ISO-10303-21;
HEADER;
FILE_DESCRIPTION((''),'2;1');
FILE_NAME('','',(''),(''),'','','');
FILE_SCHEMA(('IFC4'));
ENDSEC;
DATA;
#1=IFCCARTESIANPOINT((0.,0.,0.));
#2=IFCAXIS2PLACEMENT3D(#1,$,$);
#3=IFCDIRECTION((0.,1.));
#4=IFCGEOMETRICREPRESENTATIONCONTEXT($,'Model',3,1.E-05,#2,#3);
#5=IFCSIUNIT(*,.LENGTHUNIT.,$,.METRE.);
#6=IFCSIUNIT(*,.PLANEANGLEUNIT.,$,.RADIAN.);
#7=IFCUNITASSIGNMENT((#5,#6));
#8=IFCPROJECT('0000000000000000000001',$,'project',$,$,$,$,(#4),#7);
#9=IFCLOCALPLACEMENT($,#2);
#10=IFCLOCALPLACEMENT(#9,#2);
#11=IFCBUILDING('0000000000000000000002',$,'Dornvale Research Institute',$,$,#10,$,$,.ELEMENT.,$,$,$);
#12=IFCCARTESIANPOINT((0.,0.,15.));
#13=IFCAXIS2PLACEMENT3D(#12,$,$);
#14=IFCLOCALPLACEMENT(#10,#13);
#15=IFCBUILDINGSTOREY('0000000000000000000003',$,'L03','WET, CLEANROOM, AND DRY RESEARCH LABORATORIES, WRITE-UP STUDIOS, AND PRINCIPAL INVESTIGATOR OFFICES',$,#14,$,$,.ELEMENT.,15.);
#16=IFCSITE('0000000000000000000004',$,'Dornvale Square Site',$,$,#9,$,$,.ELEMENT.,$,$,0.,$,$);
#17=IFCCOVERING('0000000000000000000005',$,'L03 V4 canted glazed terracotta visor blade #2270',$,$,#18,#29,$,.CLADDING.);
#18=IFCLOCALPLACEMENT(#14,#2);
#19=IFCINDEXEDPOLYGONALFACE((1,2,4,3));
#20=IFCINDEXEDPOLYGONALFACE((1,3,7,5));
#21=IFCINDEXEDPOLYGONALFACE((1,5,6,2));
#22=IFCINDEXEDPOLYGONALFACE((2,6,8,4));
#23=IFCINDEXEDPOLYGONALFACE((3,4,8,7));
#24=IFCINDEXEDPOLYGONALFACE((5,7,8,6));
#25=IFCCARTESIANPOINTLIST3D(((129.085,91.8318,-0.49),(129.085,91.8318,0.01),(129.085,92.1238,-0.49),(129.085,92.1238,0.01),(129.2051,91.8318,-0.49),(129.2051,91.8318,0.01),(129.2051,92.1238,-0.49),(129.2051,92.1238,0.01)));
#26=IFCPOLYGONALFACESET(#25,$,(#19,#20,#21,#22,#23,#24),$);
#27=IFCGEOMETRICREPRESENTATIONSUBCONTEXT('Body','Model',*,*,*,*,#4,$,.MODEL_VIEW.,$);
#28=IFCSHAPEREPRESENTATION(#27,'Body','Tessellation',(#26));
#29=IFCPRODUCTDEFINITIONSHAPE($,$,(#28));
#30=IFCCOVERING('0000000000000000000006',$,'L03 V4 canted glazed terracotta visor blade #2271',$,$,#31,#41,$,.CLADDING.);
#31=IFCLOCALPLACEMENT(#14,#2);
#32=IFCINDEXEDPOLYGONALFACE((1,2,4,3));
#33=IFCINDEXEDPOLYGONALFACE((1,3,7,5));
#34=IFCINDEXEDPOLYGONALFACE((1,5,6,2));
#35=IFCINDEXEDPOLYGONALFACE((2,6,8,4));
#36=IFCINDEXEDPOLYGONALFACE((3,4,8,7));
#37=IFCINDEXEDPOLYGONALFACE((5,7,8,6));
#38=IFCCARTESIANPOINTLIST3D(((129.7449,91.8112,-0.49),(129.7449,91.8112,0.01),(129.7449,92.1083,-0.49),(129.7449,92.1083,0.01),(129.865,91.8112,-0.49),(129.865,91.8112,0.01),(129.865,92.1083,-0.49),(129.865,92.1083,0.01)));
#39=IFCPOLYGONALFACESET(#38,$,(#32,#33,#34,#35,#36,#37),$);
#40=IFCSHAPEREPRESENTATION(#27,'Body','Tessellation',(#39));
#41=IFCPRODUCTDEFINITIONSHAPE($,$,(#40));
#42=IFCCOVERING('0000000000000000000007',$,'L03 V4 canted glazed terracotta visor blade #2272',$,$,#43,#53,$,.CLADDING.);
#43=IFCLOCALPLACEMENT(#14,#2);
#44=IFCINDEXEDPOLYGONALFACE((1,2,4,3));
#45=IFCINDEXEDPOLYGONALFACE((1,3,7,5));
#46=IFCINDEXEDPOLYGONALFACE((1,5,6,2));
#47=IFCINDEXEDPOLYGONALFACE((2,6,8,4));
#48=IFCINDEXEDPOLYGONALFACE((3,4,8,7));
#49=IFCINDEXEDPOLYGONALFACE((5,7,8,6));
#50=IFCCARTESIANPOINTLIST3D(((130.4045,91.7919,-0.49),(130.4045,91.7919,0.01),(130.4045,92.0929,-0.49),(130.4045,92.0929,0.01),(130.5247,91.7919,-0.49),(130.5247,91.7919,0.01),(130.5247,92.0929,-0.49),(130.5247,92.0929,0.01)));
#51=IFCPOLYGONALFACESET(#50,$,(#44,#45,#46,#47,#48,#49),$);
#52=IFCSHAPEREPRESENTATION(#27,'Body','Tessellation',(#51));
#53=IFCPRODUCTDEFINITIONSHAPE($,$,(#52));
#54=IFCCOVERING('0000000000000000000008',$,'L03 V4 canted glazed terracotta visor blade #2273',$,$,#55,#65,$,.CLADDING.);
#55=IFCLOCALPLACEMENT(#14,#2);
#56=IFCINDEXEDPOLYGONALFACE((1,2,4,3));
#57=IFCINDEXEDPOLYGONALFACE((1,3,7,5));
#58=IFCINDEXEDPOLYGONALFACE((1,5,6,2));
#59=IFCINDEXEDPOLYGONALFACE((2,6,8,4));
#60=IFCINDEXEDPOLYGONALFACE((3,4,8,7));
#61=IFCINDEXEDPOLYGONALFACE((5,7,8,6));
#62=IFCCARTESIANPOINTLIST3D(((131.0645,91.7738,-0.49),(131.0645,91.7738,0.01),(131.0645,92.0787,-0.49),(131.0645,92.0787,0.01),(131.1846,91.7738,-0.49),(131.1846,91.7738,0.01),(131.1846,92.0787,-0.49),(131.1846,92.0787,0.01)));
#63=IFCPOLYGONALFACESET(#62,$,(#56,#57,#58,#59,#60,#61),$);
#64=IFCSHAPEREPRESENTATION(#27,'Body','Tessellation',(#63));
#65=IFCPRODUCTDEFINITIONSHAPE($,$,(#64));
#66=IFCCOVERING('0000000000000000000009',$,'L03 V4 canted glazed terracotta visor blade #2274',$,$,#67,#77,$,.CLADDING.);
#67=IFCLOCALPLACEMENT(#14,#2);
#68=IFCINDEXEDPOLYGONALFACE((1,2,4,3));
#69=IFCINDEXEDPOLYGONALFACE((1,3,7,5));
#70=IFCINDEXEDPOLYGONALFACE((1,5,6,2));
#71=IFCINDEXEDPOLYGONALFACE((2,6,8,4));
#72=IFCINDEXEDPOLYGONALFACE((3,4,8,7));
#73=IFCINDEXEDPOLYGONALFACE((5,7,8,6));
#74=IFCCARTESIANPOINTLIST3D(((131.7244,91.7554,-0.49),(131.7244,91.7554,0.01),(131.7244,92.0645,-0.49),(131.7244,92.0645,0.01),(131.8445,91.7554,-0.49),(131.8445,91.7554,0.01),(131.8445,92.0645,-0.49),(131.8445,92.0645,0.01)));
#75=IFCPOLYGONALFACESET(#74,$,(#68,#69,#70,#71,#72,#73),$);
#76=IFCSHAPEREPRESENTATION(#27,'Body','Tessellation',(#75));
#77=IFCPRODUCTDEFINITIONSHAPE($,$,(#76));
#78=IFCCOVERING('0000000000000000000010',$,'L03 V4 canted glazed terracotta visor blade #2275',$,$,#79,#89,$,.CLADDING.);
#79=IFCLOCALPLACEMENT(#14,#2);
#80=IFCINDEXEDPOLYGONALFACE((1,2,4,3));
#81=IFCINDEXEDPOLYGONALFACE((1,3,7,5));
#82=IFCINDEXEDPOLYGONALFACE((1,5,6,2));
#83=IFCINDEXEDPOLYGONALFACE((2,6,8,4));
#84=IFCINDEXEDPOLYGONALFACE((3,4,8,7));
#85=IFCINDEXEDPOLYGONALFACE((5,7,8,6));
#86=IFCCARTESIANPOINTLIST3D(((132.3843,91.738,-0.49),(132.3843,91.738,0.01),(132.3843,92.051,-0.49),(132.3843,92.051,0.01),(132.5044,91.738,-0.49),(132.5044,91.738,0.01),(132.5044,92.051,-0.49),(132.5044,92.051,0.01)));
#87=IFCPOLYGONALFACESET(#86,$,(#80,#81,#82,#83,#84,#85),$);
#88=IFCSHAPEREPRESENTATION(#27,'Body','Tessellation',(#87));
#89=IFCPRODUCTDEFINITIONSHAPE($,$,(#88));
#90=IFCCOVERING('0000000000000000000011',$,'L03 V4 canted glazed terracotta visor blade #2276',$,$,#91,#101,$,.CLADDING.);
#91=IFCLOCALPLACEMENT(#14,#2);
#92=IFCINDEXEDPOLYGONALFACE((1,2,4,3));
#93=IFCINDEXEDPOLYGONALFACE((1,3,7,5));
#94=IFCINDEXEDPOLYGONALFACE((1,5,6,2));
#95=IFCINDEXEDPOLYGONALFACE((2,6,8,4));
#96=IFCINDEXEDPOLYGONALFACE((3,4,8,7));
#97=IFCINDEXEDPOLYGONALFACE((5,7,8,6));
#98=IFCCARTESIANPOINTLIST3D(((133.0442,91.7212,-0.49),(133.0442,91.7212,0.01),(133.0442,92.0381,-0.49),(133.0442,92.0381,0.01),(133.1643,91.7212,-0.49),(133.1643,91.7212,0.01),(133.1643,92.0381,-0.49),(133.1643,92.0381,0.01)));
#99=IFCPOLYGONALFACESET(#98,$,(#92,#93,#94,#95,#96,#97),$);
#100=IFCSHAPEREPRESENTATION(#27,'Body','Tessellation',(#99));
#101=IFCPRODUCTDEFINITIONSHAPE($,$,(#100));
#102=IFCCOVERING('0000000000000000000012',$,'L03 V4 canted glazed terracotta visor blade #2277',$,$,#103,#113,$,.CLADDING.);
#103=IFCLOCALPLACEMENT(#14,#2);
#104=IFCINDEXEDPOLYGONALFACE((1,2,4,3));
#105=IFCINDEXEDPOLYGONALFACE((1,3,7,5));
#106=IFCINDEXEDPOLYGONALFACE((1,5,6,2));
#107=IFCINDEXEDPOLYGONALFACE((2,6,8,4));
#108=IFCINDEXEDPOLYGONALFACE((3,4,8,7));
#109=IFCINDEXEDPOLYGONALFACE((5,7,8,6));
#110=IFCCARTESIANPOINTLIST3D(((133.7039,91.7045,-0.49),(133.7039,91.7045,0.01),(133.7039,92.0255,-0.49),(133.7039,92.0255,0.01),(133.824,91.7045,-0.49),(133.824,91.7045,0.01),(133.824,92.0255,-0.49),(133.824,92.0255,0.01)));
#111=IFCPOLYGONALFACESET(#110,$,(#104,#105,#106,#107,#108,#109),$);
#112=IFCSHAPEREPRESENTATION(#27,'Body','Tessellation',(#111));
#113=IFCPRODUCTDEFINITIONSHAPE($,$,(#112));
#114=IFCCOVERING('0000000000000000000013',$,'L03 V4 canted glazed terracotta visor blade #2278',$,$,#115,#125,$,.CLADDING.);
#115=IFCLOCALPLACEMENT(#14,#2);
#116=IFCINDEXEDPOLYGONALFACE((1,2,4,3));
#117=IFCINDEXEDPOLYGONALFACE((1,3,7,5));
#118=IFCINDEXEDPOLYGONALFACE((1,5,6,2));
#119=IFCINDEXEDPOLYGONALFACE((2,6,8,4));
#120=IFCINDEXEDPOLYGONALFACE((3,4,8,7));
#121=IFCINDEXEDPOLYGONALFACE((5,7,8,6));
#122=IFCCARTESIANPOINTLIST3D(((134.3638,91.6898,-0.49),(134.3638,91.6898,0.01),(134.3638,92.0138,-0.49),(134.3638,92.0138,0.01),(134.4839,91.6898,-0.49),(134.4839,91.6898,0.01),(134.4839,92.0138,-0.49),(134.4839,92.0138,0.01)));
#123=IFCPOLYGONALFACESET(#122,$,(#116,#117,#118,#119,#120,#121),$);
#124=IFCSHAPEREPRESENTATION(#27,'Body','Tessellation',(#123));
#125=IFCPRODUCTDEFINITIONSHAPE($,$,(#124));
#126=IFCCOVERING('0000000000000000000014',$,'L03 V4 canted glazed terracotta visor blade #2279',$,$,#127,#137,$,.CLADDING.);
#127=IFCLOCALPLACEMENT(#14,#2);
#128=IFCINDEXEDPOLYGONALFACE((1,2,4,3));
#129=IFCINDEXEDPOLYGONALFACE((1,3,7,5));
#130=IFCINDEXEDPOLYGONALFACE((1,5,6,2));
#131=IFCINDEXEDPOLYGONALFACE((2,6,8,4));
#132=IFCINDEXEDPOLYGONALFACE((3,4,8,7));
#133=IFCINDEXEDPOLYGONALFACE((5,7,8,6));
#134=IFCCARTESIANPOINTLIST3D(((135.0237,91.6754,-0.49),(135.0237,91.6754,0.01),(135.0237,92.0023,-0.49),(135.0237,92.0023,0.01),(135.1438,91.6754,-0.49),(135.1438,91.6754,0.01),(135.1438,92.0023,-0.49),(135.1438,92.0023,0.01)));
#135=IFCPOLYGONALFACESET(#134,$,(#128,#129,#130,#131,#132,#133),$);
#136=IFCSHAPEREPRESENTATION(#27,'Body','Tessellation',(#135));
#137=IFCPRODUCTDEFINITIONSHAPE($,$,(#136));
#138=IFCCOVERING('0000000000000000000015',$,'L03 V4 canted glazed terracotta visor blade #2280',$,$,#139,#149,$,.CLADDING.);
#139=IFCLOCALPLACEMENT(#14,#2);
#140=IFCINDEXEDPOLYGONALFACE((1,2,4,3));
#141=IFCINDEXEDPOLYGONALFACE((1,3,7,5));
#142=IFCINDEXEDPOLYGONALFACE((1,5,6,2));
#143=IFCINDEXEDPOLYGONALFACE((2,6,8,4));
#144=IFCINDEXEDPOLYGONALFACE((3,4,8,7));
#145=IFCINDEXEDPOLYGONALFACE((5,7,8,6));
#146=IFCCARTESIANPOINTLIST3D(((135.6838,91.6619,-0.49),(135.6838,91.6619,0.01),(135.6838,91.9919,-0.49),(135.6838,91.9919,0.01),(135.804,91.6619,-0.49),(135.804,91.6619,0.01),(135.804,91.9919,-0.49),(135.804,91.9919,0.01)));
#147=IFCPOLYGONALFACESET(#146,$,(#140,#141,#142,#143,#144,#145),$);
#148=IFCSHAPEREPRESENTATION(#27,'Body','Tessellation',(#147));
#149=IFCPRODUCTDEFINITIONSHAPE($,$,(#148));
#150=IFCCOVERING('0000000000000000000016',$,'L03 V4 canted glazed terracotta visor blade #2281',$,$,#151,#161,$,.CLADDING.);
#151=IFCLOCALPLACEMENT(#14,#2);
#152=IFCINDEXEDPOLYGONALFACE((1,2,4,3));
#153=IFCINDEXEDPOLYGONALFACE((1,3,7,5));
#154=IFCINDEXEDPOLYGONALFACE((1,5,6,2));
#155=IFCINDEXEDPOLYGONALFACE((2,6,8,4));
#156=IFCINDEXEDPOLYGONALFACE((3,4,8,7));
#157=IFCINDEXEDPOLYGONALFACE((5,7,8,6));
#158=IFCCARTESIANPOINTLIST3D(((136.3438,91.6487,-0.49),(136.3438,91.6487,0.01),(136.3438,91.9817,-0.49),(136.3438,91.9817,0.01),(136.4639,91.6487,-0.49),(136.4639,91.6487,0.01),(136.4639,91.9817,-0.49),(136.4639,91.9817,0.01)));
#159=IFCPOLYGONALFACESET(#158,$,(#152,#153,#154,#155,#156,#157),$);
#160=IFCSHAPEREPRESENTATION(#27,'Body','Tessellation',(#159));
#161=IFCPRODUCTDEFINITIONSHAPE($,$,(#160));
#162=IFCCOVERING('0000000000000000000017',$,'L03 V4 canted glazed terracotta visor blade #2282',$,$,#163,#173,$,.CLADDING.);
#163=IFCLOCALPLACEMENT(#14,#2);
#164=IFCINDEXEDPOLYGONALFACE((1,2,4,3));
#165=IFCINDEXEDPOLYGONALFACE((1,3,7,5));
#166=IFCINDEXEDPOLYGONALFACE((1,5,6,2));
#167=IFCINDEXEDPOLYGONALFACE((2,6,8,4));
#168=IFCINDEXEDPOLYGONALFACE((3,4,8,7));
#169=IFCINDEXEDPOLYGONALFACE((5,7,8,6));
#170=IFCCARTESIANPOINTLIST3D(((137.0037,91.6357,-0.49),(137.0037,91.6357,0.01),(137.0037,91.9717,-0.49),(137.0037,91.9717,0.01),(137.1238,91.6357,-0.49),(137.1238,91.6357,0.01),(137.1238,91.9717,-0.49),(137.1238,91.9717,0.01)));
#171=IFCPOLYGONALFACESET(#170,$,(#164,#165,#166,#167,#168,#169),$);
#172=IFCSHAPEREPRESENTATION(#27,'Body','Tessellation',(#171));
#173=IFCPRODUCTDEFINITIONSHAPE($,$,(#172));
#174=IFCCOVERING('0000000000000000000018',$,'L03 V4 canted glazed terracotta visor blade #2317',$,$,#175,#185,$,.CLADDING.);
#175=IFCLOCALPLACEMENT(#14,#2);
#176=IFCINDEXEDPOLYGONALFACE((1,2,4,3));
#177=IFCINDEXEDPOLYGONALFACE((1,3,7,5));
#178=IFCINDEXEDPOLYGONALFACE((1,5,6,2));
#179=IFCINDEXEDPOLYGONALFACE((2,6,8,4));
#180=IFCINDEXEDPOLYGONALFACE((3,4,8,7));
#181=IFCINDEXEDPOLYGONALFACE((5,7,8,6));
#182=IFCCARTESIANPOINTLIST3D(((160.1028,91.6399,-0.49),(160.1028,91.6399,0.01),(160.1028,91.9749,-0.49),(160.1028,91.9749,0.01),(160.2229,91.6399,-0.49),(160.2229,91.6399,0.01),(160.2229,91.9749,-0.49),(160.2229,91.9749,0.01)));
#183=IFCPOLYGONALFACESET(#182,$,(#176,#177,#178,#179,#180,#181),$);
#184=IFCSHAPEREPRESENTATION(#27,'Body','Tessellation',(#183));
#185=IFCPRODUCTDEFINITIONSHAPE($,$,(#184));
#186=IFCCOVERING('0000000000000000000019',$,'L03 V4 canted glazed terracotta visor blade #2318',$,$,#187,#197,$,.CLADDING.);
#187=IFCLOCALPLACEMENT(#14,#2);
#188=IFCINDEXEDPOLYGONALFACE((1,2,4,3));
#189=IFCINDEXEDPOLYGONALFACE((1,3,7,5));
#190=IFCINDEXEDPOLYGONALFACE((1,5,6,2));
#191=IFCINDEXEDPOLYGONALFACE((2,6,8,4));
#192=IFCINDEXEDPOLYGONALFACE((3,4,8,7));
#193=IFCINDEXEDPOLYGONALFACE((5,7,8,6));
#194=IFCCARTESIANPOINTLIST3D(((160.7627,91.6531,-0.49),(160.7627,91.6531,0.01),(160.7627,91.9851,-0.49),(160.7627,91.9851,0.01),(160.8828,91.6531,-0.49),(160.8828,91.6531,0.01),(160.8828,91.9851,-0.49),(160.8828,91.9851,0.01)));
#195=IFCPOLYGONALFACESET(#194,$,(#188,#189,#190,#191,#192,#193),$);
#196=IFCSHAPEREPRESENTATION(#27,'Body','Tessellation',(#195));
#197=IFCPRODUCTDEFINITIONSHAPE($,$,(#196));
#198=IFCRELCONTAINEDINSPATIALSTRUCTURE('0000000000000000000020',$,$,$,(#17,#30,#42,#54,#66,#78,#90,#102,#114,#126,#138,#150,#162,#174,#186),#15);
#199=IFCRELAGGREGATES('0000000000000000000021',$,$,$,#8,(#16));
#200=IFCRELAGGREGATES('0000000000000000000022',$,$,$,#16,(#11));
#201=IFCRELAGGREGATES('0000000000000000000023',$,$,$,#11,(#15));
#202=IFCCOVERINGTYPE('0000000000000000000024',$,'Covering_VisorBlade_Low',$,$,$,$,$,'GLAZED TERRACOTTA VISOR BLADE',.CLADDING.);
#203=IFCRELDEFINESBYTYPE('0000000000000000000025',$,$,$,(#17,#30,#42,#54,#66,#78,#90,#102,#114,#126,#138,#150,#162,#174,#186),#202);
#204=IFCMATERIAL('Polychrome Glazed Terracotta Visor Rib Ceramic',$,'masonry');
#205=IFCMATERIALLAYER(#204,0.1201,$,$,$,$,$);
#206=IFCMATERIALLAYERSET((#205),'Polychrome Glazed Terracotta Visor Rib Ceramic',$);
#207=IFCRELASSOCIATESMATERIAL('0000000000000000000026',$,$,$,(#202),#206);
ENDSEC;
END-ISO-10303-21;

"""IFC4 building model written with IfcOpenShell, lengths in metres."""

from ifc_helpers import new_model, si_unit, direction, frame, origin, origin_2d, place, context, subcontext, project, spatial, rectangle, extrude, material, layer, layer_set, type_object, element, save


model = new_model("IFC4")

# Units and contexts
model_context = context("Model", 3, precision=1e-05, world=origin(), true_north=direction((0.0, 1.0)))
body_context = subcontext(model_context, "Body", "Model", "MODEL_VIEW")
ifc_project = project(units=[si_unit("LENGTHUNIT", "METRE"), si_unit("PLANEANGLEUNIT", "RADIAN")], contexts=[model_context])

# Site, building, storey
site_placement = place(None, origin())
site = spatial("IfcSite", under=ifc_project, at=site_placement, Name="Dornvale Square Site", CompositionType="ELEMENT", RefElevation=0.0)
building_placement = place(site_placement, origin())
building = spatial("IfcBuilding", under=site, at=building_placement, Name="Dornvale Research Institute", CompositionType="ELEMENT")
storey_placement = place(building_placement, frame((0.0, 0.0, 15.0)))
storey = spatial("IfcBuildingStorey", under=building, at=storey_placement, Name="L03", Description="WET, CLEANROOM, AND DRY RESEARCH LABORATORIES, WRITE-UP STUDIOS, AND PRINCIPAL INVESTIGATOR OFFICES", CompositionType="ELEMENT", Elevation=15.0)

# Coverings
ifc_material = material(Name="Polychrome Glazed Terracotta Visor Rib Ceramic", Category="masonry")
ifc_layer = layer(ifc_material, 0.1201)
ifc_layer_set = layer_set([ifc_layer], Name="Polychrome Glazed Terracotta Visor Rib Ceramic")
covering_type = type_object("IfcCoveringType", Name="Covering_VisorBlade_Low", ElementType="GLAZED TERRACOTTA VISOR BLADE", PredefinedType="CLADDING", material=ifc_layer_set)
covering_1_placement = place(storey_placement, frame((129.145, 91.9778, -0.49), z_axis=(0.0, 0.0, 1.0), x_axis=(0.0, 1.0, 0.0)))
element("IfcCovering", 1, at=covering_1_placement, inside=storey, type_object=covering_type, Name="L03 V4 canted glazed terracotta visor blade #2270", PredefinedType="CLADDING", context=body_context, shape_type="SweptSolid", body=[
    extrude(rectangle(XDim=0.292, YDim=0.1201, at=origin_2d()), origin(), (0.0, 0.0, 1.0), 0.5),
])
covering_2_placement = place(storey_placement, frame((129.8049, 91.9597, -0.49), z_axis=(0.0, 0.0, 1.0), x_axis=(0.0, 1.0, 0.0)))
element("IfcCovering", 2, at=covering_2_placement, inside=storey, type_object=covering_type, Name="L03 V4 canted glazed terracotta visor blade #2271", PredefinedType="CLADDING", context=body_context, shape_type="SweptSolid", body=[
    extrude(rectangle(XDim=0.2971, YDim=0.1201, at=origin_2d()), origin(), (0.0, 0.0, 1.0), 0.5),
])
covering_3_placement = place(storey_placement, frame((130.4646, 91.9424, -0.49), z_axis=(0.0, 0.0, 1.0), x_axis=(0.0, 1.0, 0.0)))
element("IfcCovering", 3, at=covering_3_placement, inside=storey, type_object=covering_type, Name="L03 V4 canted glazed terracotta visor blade #2272", PredefinedType="CLADDING", context=body_context, shape_type="SweptSolid", body=[
    extrude(rectangle(XDim=0.301, YDim=0.1201, at=origin_2d()), origin(), (0.0, 0.0, 1.0), 0.5),
])
covering_4_placement = place(storey_placement, frame((131.1245, 91.9263, -0.49), z_axis=(0.0, 0.0, 1.0), x_axis=(0.0, 1.0, 0.0)))
element("IfcCovering", 4, at=covering_4_placement, inside=storey, type_object=covering_type, Name="L03 V4 canted glazed terracotta visor blade #2273", PredefinedType="CLADDING", context=body_context, shape_type="SweptSolid", body=[
    extrude(rectangle(XDim=0.3049, YDim=0.1201, at=origin_2d()), origin(), (0.0, 0.0, 1.0), 0.5),
])
covering_5_placement = place(storey_placement, frame((131.7844, 91.9099, -0.49), z_axis=(0.0, 0.0, 1.0), x_axis=(0.0, 1.0, 0.0)))
element("IfcCovering", 5, at=covering_5_placement, inside=storey, type_object=covering_type, Name="L03 V4 canted glazed terracotta visor blade #2274", PredefinedType="CLADDING", context=body_context, shape_type="SweptSolid", body=[
    extrude(rectangle(XDim=0.3091, YDim=0.1201, at=origin_2d()), origin(), (0.0, 0.0, 1.0), 0.5),
])
covering_6_placement = place(storey_placement, frame((132.4443, 91.8945, -0.49), z_axis=(0.0, 0.0, 1.0), x_axis=(0.0, 1.0, 0.0)))
element("IfcCovering", 6, at=covering_6_placement, inside=storey, type_object=covering_type, Name="L03 V4 canted glazed terracotta visor blade #2275", PredefinedType="CLADDING", context=body_context, shape_type="SweptSolid", body=[
    extrude(rectangle(XDim=0.313, YDim=0.1201, at=origin_2d()), origin(), (0.0, 0.0, 1.0), 0.5),
])
covering_7_placement = place(storey_placement, frame((133.1042, 91.8796, -0.49), z_axis=(0.0, 0.0, 1.0), x_axis=(0.0, 1.0, 0.0)))
element("IfcCovering", 7, at=covering_7_placement, inside=storey, type_object=covering_type, Name="L03 V4 canted glazed terracotta visor blade #2276", PredefinedType="CLADDING", context=body_context, shape_type="SweptSolid", body=[
    extrude(rectangle(XDim=0.3169, YDim=0.1201, at=origin_2d()), origin(), (0.0, 0.0, 1.0), 0.5),
])
covering_8_placement = place(storey_placement, frame((133.7639, 91.865, -0.49), z_axis=(0.0, 0.0, 1.0), x_axis=(0.0, 1.0, 0.0)))
element("IfcCovering", 8, at=covering_8_placement, inside=storey, type_object=covering_type, Name="L03 V4 canted glazed terracotta visor blade #2277", PredefinedType="CLADDING", context=body_context, shape_type="SweptSolid", body=[
    extrude(rectangle(XDim=0.321, YDim=0.1201, at=origin_2d()), origin(), (0.0, 0.0, 1.0), 0.5),
])
covering_9_placement = place(storey_placement, frame((134.4238, 91.8518, -0.49), z_axis=(0.0, 0.0, 1.0), x_axis=(0.0, 1.0, 0.0)))
element("IfcCovering", 9, at=covering_9_placement, inside=storey, type_object=covering_type, Name="L03 V4 canted glazed terracotta visor blade #2278", PredefinedType="CLADDING", context=body_context, shape_type="SweptSolid", body=[
    extrude(rectangle(XDim=0.324, YDim=0.1201, at=origin_2d()), origin(), (0.0, 0.0, 1.0), 0.5),
])
covering_10_placement = place(storey_placement, frame((135.0837, 91.8389, -0.49), z_axis=(0.0, 0.0, 1.0), x_axis=(0.0, 1.0, 0.0)))
element("IfcCovering", 10, at=covering_10_placement, inside=storey, type_object=covering_type, Name="L03 V4 canted glazed terracotta visor blade #2279", PredefinedType="CLADDING", context=body_context, shape_type="SweptSolid", body=[
    extrude(rectangle(XDim=0.3269, YDim=0.1201, at=origin_2d()), origin(), (0.0, 0.0, 1.0), 0.5),
])
covering_11_placement = place(storey_placement, frame((135.7439, 91.8269, -0.49), z_axis=(0.0, 0.0, 1.0), x_axis=(0.0, 1.0, 0.0)))
element("IfcCovering", 11, at=covering_11_placement, inside=storey, type_object=covering_type, Name="L03 V4 canted glazed terracotta visor blade #2280", PredefinedType="CLADDING", context=body_context, shape_type="SweptSolid", body=[
    extrude(rectangle(XDim=0.3301, YDim=0.1201, at=origin_2d()), origin(), (0.0, 0.0, 1.0), 0.5),
])
covering_12_placement = place(storey_placement, frame((136.4038, 91.8152, -0.49), z_axis=(0.0, 0.0, 1.0), x_axis=(0.0, 1.0, 0.0)))
element("IfcCovering", 12, at=covering_12_placement, inside=storey, type_object=covering_type, Name="L03 V4 canted glazed terracotta visor blade #2281", PredefinedType="CLADDING", context=body_context, shape_type="SweptSolid", body=[
    extrude(rectangle(XDim=0.333, YDim=0.1201, at=origin_2d()), origin(), (0.0, 0.0, 1.0), 0.5),
])
covering_13_placement = place(storey_placement, frame((137.0637, 91.8037, -0.49), z_axis=(0.0, 0.0, 1.0), x_axis=(0.0, 1.0, 0.0)))
element("IfcCovering", 13, at=covering_13_placement, inside=storey, type_object=covering_type, Name="L03 V4 canted glazed terracotta visor blade #2282", PredefinedType="CLADDING", context=body_context, shape_type="SweptSolid", body=[
    extrude(rectangle(XDim=0.3359, YDim=0.1201, at=origin_2d()), origin(), (0.0, 0.0, 1.0), 0.5),
])
covering_14_placement = place(storey_placement, frame((160.1628, 91.8074, -0.49), z_axis=(0.0, 0.0, 1.0), x_axis=(0.0, 1.0, 0.0)))
element("IfcCovering", 14, at=covering_14_placement, inside=storey, type_object=covering_type, Name="L03 V4 canted glazed terracotta visor blade #2317", PredefinedType="CLADDING", context=body_context, shape_type="SweptSolid", body=[
    extrude(rectangle(XDim=0.335, YDim=0.1201, at=origin_2d()), origin(), (0.0, 0.0, 1.0), 0.5),
])
covering_15_placement = place(storey_placement, frame((160.8228, 91.8191, -0.49), z_axis=(0.0, 0.0, 1.0), x_axis=(0.0, 1.0, 0.0)))
element("IfcCovering", 15, at=covering_15_placement, inside=storey, type_object=covering_type, Name="L03 V4 canted glazed terracotta visor blade #2318", PredefinedType="CLADDING", context=body_context, shape_type="SweptSolid", body=[
    extrude(rectangle(XDim=0.332, YDim=0.1201, at=origin_2d()), origin(), (0.0, 0.0, 1.0), 0.5),
])

save(model, "model.ifc")
